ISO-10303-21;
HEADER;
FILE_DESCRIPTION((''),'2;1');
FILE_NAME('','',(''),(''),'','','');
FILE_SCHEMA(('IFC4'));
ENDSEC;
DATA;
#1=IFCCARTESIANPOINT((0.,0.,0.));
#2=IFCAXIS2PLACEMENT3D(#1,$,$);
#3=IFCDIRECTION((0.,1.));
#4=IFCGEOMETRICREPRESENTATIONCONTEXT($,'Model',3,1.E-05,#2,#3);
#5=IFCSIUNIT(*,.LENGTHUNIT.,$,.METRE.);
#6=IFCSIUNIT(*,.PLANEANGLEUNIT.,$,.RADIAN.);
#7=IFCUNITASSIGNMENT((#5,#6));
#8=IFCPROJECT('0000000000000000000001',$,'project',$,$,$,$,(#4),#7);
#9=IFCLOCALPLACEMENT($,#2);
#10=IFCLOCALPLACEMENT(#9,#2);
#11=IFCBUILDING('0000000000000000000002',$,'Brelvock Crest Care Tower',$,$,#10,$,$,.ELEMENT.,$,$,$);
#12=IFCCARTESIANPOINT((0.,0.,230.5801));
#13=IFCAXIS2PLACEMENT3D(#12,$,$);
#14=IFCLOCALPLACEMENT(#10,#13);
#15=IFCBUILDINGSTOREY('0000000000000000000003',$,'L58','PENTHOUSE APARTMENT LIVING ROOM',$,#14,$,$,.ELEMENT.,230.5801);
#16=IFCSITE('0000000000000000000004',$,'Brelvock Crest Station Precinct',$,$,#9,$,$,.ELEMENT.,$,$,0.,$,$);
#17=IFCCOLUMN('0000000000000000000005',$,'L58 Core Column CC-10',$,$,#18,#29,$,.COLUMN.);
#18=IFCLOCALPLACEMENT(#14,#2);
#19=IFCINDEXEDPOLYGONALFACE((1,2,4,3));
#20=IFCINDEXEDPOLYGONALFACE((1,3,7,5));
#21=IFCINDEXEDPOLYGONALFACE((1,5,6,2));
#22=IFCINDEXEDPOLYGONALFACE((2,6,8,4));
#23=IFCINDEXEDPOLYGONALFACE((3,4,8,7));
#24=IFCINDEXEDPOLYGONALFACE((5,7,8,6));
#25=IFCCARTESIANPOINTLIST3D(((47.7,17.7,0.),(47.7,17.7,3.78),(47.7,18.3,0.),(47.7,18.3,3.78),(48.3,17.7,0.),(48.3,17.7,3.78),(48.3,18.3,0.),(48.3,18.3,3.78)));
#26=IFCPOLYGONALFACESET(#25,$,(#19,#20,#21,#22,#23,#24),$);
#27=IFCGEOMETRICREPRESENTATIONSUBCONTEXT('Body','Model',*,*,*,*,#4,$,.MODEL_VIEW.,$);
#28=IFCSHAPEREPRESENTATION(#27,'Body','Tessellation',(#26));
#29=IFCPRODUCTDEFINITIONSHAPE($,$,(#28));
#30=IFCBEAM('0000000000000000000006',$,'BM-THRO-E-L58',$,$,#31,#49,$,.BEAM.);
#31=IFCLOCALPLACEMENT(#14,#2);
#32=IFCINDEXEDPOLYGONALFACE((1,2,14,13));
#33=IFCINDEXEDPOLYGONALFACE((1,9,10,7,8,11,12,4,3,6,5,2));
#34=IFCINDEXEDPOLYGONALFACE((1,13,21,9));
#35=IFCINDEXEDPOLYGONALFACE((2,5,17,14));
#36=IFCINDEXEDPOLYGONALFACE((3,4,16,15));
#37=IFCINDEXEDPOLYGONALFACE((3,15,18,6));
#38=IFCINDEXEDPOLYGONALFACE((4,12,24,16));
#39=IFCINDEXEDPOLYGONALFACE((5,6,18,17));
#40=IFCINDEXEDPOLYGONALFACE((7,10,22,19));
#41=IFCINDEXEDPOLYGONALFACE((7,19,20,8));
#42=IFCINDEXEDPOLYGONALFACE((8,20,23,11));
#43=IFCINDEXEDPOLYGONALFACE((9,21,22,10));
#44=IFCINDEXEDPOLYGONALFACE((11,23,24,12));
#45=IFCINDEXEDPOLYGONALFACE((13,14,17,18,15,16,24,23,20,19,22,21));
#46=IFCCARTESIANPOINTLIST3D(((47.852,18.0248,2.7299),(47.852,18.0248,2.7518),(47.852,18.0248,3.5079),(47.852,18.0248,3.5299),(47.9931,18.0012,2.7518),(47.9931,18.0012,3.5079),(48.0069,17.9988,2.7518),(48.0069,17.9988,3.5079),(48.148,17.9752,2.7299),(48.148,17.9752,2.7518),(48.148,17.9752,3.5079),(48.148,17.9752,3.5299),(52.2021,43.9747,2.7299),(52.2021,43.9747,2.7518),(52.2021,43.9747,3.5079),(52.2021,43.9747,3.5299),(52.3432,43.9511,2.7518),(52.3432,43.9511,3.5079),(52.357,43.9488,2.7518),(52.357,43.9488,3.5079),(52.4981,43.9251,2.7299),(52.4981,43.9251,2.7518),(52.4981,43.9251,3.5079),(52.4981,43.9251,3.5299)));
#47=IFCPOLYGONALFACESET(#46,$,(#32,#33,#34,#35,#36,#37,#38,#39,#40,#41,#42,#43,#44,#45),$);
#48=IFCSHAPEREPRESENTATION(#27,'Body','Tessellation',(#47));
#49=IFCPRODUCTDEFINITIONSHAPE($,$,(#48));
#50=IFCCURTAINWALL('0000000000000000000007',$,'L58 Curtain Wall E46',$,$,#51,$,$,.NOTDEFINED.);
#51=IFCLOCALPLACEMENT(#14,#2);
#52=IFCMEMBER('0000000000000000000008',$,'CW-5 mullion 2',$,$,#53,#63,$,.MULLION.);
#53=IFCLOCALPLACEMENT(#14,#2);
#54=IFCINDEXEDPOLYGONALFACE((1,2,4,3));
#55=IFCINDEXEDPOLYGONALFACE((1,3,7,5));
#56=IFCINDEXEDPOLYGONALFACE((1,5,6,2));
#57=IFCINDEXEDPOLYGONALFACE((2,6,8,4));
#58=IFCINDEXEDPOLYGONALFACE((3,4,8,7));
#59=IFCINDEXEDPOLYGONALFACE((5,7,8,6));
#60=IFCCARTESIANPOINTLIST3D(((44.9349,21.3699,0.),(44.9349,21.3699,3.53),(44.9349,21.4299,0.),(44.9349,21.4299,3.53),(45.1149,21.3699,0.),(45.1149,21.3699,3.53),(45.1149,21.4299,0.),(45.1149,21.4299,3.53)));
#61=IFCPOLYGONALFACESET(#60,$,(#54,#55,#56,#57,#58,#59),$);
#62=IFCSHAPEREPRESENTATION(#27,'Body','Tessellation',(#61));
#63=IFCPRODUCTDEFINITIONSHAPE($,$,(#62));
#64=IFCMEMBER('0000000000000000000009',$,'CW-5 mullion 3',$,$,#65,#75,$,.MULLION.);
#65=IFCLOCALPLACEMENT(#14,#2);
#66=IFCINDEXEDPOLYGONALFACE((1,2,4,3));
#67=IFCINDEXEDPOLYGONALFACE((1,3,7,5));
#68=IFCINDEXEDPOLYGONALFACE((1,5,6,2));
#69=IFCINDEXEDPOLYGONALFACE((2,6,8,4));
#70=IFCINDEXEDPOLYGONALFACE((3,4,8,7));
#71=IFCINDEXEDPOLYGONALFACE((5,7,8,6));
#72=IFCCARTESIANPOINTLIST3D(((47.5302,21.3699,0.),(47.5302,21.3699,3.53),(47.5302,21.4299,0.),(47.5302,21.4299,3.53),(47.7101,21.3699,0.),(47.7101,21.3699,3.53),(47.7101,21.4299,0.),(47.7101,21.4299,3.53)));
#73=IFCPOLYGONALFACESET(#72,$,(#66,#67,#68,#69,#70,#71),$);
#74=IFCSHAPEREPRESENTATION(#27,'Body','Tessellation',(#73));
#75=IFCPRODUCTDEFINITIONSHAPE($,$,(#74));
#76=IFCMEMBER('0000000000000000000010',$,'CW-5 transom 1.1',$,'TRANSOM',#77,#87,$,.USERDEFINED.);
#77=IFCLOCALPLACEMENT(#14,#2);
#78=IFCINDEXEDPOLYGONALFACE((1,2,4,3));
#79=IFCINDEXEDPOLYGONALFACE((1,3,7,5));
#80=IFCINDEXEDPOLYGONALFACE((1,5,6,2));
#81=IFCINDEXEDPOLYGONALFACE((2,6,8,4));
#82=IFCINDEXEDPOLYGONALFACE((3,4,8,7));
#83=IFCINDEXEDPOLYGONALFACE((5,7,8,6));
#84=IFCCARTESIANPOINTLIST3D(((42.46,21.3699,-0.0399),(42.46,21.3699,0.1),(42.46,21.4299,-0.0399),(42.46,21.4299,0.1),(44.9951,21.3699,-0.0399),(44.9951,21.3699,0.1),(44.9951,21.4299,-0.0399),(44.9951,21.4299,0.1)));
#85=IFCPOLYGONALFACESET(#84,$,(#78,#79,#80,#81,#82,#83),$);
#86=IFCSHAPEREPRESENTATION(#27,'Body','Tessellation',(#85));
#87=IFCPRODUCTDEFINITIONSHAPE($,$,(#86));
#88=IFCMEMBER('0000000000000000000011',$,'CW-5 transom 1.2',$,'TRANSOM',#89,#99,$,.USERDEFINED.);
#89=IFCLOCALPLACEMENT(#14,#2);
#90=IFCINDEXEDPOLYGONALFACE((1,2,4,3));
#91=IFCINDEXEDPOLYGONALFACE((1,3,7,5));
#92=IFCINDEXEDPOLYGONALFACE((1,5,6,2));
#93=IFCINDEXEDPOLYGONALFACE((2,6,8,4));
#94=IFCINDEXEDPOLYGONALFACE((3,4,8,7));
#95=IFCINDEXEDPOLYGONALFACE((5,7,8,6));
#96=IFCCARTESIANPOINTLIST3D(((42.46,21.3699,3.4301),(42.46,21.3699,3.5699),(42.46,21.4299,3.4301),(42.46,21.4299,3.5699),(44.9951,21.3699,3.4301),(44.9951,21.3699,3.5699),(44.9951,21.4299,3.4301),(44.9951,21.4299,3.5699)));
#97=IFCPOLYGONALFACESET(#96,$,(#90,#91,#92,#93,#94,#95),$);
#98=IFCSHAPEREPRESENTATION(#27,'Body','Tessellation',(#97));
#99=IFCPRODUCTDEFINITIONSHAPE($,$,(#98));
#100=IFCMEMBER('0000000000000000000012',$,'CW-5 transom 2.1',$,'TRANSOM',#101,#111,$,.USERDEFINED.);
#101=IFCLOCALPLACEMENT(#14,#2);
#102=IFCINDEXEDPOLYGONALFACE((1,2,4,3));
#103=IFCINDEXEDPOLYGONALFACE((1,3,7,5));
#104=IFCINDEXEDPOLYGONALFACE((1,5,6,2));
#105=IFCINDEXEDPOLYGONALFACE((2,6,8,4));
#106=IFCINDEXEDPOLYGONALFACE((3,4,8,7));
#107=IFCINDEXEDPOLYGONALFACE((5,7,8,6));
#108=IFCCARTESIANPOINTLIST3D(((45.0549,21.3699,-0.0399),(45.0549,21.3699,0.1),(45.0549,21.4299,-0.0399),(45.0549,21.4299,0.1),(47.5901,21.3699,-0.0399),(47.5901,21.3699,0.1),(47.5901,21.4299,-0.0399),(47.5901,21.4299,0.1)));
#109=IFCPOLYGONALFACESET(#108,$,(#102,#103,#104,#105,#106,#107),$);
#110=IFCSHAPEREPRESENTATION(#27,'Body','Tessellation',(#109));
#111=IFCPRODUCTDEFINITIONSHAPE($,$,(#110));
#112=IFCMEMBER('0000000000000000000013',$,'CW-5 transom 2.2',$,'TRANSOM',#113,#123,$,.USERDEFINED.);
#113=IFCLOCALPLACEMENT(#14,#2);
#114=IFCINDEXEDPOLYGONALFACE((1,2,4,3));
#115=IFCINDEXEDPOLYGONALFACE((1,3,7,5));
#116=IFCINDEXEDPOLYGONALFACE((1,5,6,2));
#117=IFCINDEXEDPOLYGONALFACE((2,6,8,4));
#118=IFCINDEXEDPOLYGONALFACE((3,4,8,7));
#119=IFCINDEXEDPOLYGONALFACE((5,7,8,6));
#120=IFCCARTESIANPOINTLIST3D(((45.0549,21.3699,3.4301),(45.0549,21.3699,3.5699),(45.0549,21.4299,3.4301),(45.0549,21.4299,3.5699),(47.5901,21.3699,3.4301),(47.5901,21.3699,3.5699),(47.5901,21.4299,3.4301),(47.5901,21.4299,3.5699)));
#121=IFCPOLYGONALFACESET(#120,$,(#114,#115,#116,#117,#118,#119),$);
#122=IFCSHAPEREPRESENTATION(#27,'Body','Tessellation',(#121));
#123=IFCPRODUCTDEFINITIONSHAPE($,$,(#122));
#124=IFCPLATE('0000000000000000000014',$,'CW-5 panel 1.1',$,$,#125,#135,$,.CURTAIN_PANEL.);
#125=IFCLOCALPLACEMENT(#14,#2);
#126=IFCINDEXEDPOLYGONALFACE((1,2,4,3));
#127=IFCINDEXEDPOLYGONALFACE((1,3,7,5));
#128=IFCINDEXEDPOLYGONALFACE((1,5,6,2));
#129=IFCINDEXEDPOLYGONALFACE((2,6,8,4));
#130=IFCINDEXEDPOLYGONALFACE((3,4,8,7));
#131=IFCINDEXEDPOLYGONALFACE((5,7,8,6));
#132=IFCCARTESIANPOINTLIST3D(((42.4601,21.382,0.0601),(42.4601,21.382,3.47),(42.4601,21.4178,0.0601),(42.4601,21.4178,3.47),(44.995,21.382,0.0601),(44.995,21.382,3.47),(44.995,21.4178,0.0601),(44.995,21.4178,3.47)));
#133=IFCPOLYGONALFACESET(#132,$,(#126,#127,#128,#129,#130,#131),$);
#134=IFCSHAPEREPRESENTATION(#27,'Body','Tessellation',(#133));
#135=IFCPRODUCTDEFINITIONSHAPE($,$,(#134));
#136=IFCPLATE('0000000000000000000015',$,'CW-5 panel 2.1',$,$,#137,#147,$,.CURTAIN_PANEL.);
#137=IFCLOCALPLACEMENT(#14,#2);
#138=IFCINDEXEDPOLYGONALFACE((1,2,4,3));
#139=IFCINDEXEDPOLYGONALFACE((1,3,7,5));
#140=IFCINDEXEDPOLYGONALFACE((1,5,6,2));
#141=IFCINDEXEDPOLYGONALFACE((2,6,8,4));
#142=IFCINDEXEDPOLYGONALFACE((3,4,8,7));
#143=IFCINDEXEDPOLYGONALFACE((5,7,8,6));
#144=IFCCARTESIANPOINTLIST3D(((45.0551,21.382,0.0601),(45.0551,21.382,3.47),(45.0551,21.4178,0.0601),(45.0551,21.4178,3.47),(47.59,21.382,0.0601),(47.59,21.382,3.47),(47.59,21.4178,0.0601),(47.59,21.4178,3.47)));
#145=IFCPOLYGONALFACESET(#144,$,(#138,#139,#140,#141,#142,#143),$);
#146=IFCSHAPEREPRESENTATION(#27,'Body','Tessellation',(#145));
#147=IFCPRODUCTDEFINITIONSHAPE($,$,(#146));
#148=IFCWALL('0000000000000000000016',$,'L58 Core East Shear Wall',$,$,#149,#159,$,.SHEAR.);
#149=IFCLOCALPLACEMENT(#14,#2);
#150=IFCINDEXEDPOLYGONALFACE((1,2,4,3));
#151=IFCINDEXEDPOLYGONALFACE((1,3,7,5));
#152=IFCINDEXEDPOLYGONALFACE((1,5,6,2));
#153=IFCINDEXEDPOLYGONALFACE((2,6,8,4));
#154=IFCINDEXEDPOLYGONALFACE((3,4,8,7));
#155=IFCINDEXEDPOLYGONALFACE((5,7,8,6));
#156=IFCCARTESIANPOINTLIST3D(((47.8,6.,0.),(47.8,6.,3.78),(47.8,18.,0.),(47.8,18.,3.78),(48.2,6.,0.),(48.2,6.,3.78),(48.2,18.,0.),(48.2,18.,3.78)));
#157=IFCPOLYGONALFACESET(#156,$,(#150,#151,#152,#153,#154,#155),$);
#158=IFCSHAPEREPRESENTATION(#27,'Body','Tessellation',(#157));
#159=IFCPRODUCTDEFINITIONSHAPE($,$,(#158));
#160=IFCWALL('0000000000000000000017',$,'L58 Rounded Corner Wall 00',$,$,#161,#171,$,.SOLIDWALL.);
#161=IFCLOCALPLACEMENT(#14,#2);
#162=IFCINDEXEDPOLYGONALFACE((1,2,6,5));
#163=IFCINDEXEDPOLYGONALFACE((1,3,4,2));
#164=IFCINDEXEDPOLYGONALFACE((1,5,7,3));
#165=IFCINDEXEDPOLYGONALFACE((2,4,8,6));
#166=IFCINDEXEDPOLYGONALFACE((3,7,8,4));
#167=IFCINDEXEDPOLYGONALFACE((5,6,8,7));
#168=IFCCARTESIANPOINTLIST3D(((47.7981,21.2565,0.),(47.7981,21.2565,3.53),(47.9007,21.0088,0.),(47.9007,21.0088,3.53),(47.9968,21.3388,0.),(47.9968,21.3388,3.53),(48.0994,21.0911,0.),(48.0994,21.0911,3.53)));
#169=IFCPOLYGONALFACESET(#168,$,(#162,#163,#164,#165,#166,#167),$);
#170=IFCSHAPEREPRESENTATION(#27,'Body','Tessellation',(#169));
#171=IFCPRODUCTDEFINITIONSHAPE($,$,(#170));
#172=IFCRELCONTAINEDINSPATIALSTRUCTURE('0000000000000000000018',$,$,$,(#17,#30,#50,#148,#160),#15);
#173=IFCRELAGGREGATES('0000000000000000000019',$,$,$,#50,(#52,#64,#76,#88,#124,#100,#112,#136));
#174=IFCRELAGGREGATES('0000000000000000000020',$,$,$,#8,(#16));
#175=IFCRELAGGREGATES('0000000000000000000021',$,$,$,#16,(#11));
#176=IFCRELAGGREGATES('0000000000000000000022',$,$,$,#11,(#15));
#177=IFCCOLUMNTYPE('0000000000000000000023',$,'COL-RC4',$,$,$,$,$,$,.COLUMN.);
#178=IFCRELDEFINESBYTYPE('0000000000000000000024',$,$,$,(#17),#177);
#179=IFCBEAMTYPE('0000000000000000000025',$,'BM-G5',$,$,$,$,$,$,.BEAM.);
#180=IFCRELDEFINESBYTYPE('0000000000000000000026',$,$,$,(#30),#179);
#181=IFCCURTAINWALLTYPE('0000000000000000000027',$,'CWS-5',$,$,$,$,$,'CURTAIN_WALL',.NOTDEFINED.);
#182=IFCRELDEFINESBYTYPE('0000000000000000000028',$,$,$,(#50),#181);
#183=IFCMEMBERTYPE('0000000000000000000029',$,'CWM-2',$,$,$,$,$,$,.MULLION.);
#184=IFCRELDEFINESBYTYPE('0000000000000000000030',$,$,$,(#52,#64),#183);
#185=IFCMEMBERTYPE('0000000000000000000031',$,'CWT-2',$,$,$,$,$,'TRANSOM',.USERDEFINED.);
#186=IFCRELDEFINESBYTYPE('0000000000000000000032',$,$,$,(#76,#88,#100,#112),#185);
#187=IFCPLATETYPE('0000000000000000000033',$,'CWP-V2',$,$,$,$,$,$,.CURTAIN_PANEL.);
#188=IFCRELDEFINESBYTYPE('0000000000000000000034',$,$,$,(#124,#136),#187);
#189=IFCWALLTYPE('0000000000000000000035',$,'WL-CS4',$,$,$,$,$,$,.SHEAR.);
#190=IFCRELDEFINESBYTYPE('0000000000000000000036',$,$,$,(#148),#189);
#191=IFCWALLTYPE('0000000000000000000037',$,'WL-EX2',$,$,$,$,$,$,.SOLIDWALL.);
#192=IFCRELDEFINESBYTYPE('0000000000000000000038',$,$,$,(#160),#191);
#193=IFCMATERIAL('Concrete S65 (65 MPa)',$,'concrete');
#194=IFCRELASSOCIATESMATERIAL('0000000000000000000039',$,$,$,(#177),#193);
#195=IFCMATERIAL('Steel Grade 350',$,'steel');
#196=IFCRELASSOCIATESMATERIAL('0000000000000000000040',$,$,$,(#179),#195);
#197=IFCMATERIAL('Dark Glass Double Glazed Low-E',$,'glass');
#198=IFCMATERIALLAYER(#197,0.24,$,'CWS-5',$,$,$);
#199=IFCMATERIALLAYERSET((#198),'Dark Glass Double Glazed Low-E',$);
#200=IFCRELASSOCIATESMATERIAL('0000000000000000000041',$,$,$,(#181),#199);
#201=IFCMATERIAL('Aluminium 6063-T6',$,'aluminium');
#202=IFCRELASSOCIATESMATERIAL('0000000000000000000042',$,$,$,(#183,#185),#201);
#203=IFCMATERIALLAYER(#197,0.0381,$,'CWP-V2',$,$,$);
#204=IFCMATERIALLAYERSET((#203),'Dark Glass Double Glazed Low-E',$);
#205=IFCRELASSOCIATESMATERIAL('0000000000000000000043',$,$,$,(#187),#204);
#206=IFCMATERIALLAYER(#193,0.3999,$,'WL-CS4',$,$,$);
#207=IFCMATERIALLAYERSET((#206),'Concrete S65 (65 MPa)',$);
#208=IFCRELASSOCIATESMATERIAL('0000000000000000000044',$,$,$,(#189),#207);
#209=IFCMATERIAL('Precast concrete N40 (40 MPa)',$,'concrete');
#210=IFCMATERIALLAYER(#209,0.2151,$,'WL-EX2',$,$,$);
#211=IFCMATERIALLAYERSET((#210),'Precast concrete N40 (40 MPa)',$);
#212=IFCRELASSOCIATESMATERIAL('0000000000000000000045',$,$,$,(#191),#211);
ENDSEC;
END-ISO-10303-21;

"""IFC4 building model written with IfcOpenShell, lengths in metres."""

from ifc_helpers import new_model, si_unit, direction, frame, frame_2d, origin, origin_2d, place, context, subcontext, project, spatial, rectangle, i_section, extrude, source, transform, mapped, material, layer, layer_set, material_profile, profile_set, type_object, element, aggregate, save


model = new_model("IFC4")

# Units and contexts
model_context = context("Model", 3, precision=1e-05, world=origin(), true_north=direction((0.0, 1.0)))
body_context = subcontext(model_context, "Body", "Model", "MODEL_VIEW")
ifc_project = project(units=[si_unit("LENGTHUNIT", "METRE"), si_unit("PLANEANGLEUNIT", "RADIAN")], contexts=[model_context])

# Site, building, storey
site_placement = place(None, origin())
site = spatial("IfcSite", under=ifc_project, at=site_placement, Name="Brelvock Crest Station Precinct", CompositionType="ELEMENT", RefElevation=0.0)
building_placement = place(site_placement, origin())
building = spatial("IfcBuilding", under=site, at=building_placement, Name="Brelvock Crest Care Tower", CompositionType="ELEMENT")
storey_placement = place(building_placement, frame((0.0, 0.0, 230.5801)))
storey = spatial("IfcBuildingStorey", under=building, at=storey_placement, Name="L58", Description="PENTHOUSE APARTMENT LIVING ROOM", CompositionType="ELEMENT", Elevation=230.5801)

# Column
ifc_material_1 = material(Name="Concrete S65 (65 MPa)", Category="concrete")
ifc_material_profile_1 = material_profile(ifc_material_1, rectangle(XDim=0.6001, YDim=0.6001, at=origin_2d()), Name="RC600x600")
ifc_profile_set_1 = profile_set([ifc_material_profile_1], Name="Concrete S65 (65 MPa)")
column_type = type_object("IfcColumnType", Name="COL-RC4", PredefinedType="COLUMN", material=ifc_profile_set_1)
shared_shape_1 = source(origin(), body_context, "Body", "SweptSolid", [
    extrude(rectangle(XDim=0.6001, YDim=0.6001, at=origin_2d()), origin(), (0.0, 0.0, 1.0), 3.78),
])
column_placement = place(storey_placement, frame((48.0, 18.0, 0.0), z_axis=(0.0, 0.0, 1.0), x_axis=(1.0, 0.0, 0.0)))
element("IfcColumn", 1, at=column_placement, inside=storey, type_object=column_type, Name="L58 Core Column CC-10", PredefinedType="COLUMN", context=body_context, shape_type="MappedRepresentation", body=[
    mapped(shared_shape_1, transform((0.0, 0.0, 0.0), x_axis=(1.0, 0.0, 0.0), y_axis=(0.0, 1.0, 0.0), z_axis=(0.0, 0.0, 1.0), scale=1.0)),
])

# Beam
ifc_material_2 = material(Name="Steel Grade 350", Category="steel")
ifc_material_profile_2 = material_profile(ifc_material_2, i_section(OverallWidth=0.3, OverallDepth=0.8, WebThickness=0.0139, FlangeThickness=0.022, at=origin_2d()), Name="800WB192")
ifc_profile_set_2 = profile_set([ifc_material_profile_2], Name="Steel Grade 350")
beam_type = type_object("IfcBeamType", Name="BM-G5", PredefinedType="BEAM", material=ifc_profile_set_2)
shared_shape_2 = source(origin(), body_context, "Body", "SweptSolid", [
    extrude(i_section(OverallWidth=0.3, OverallDepth=0.8, WebThickness=0.0139, FlangeThickness=0.022, at=origin_2d()), origin(), (0.0, 0.0, 1.0), 26.312),
])
beam_placement = place(storey_placement, frame((48.0, 18.0, 3.1299), z_axis=(0.165327, 0.986239, 0.0), x_axis=(-0.986239, 0.165327, 0.0)))
element("IfcBeam", 2, at=beam_placement, inside=storey, type_object=beam_type, Name="BM-THRO-E-L58", PredefinedType="BEAM", context=body_context, shape_type="MappedRepresentation", body=[
    mapped(shared_shape_2, transform((0.0, 0.0, 0.0), x_axis=(1.0, 0.0, 0.0), y_axis=(0.0, 1.0, 0.0), z_axis=(0.0, 0.0, 1.0), scale=1.0)),
])

# Curtain wall, members, plates
ifc_material_3 = material(Name="Dark Glass Double Glazed Low-E", Category="glass")
ifc_layer_1 = layer(ifc_material_3, 0.24, Name="CWS-5")
ifc_layer_set_1 = layer_set([ifc_layer_1], Name="Dark Glass Double Glazed Low-E")
curtain_wall_type = type_object("IfcCurtainWallType", Name="CWS-5", ElementType="CURTAIN_WALL", PredefinedType="NOTDEFINED", material=ifc_layer_set_1)
curtain_wall_placement = place(storey_placement, origin())
curtain_wall = element("IfcCurtainWall", 3, at=curtain_wall_placement, inside=storey, type_object=curtain_wall_type, Name="L58 Curtain Wall E46", PredefinedType="NOTDEFINED")
ifc_material_4 = material(Name="Aluminium 6063-T6", Category="aluminium")
ifc_material_profile_3 = material_profile(ifc_material_4, rectangle(XDim=0.0601, YDim=0.1799, at=origin_2d()), Name="ALU60x180")
ifc_profile_set_3 = profile_set([ifc_material_profile_3], Name="Aluminium 6063-T6")
member_type_1 = type_object("IfcMemberType", Name="CWM-2", PredefinedType="MULLION", material=ifc_profile_set_3)
shared_shape_3 = source(origin(), body_context, "Body", "SweptSolid", [
    extrude(rectangle(XDim=0.0601, YDim=0.1799, at=origin_2d()), origin(), (0.0, 0.0, 1.0), 3.53),
])
member_1_placement = place(storey_placement, frame((45.0249, 21.3999, 0.0), z_axis=(0.0, 0.0, 1.0), x_axis=(0.0, 1.0, 0.0)))
member_1 = element("IfcMember", 4, at=member_1_placement, type_object=member_type_1, Name="CW-5 mullion 2", PredefinedType="MULLION", context=body_context, shape_type="MappedRepresentation", body=[
    mapped(shared_shape_3, transform((0.0, 0.0, 0.0), x_axis=(1.0, 0.0, 0.0), y_axis=(0.0, 1.0, 0.0), z_axis=(0.0, 0.0, 1.0), scale=1.0)),
])
member_2_placement = place(storey_placement, frame((47.6201, 21.3999, 0.0), z_axis=(0.0, 0.0, 1.0), x_axis=(0.0, 1.0, 0.0)))
member_2 = element("IfcMember", 5, at=member_2_placement, type_object=member_type_1, Name="CW-5 mullion 3", PredefinedType="MULLION", context=body_context, shape_type="MappedRepresentation", body=[
    mapped(shared_shape_3, transform((0.0, 0.0, 0.0), x_axis=(1.0, 0.0, 0.0), y_axis=(0.0, 1.0, 0.0), z_axis=(0.0, 0.0, 1.0), scale=1.0)),
])
ifc_material_profile_4 = material_profile(ifc_material_4, rectangle(XDim=0.0601, YDim=0.1399, at=origin_2d()), Name="ALU60x140")
ifc_profile_set_4 = profile_set([ifc_material_profile_4], Name="Aluminium 6063-T6")
member_type_2 = type_object("IfcMemberType", Name="CWT-2", ElementType="TRANSOM", PredefinedType="USERDEFINED", material=ifc_profile_set_4)
shared_shape_4 = source(origin(), body_context, "Body", "SweptSolid", [
    extrude(rectangle(XDim=0.0601, YDim=0.1399, at=origin_2d()), origin(), (0.0, 0.0, 1.0), 2.5352),
])
member_3_placement = place(storey_placement, frame((42.46, 21.3999, 0.03), z_axis=(1.0, 0.0, 0.0), x_axis=(0.0, 1.0, 0.0)))
member_3 = element("IfcMember", 6, at=member_3_placement, type_object=member_type_2, Name="CW-5 transom 1.1", ObjectType="TRANSOM", PredefinedType="USERDEFINED", context=body_context, shape_type="MappedRepresentation", body=[
    mapped(shared_shape_4, transform((0.0, 0.0, 0.0), x_axis=(1.0, 0.0, 0.0), y_axis=(0.0, 1.0, 0.0), z_axis=(0.0, 0.0, 1.0), scale=1.0)),
])
member_4_placement = place(storey_placement, frame((42.46, 21.3999, 3.5), z_axis=(1.0, 0.0, 0.0), x_axis=(0.0, 1.0, 0.0)))
member_4 = element("IfcMember", 7, at=member_4_placement, type_object=member_type_2, Name="CW-5 transom 1.2", ObjectType="TRANSOM", PredefinedType="USERDEFINED", context=body_context, shape_type="MappedRepresentation", body=[
    mapped(shared_shape_4, transform((0.0, 0.0, 0.0), x_axis=(1.0, 0.0, 0.0), y_axis=(0.0, 1.0, 0.0), z_axis=(0.0, 0.0, 1.0), scale=1.0)),
])
member_5_placement = place(storey_placement, frame((45.0549, 21.3999, 0.03), z_axis=(1.0, 0.0, 0.0), x_axis=(0.0, 1.0, 0.0)))
member_5 = element("IfcMember", 8, at=member_5_placement, type_object=member_type_2, Name="CW-5 transom 2.1", ObjectType="TRANSOM", PredefinedType="USERDEFINED", context=body_context, shape_type="MappedRepresentation", body=[
    mapped(shared_shape_4, transform((0.0, 0.0, 0.0), x_axis=(1.0, 0.0, 0.0), y_axis=(0.0, 1.0, 0.0), z_axis=(0.0, 0.0, 1.0), scale=1.0)),
])
member_6_placement = place(storey_placement, frame((45.0549, 21.3999, 3.5), z_axis=(1.0, 0.0, 0.0), x_axis=(0.0, 1.0, 0.0)))
member_6 = element("IfcMember", 9, at=member_6_placement, type_object=member_type_2, Name="CW-5 transom 2.2", ObjectType="TRANSOM", PredefinedType="USERDEFINED", context=body_context, shape_type="MappedRepresentation", body=[
    mapped(shared_shape_4, transform((0.0, 0.0, 0.0), x_axis=(1.0, 0.0, 0.0), y_axis=(0.0, 1.0, 0.0), z_axis=(0.0, 0.0, 1.0), scale=1.0)),
])
ifc_layer_2 = layer(ifc_material_3, 0.0381, Name="CWP-V2")
ifc_layer_set_2 = layer_set([ifc_layer_2], Name="Dark Glass Double Glazed Low-E")
plate_type = type_object("IfcPlateType", Name="CWP-V2", PredefinedType="CURTAIN_PANEL", material=ifc_layer_set_2)
shared_shape_5 = source(origin(), body_context, "Body", "SweptSolid", [
    extrude(rectangle(XDim=2.5349, YDim=0.0359, at=origin_2d()), origin(), (0.0, 0.0, 1.0), 3.4099),
])
plate_1_placement = place(storey_placement, frame((43.7275, 21.3999, 0.0601), z_axis=(0.0, 0.0, 1.0), x_axis=(1.0, 0.0, 0.0)))
plate_1 = element("IfcPlate", 10, at=plate_1_placement, type_object=plate_type, Name="CW-5 panel 1.1", PredefinedType="CURTAIN_PANEL", context=body_context, shape_type="MappedRepresentation", body=[
    mapped(shared_shape_5, transform((0.0, 0.0, 0.0), x_axis=(1.0, 0.0, 0.0), y_axis=(0.0, 1.0, 0.0), z_axis=(0.0, 0.0, 1.0), scale=1.0)),
])
plate_2_placement = place(storey_placement, frame((46.3225, 21.3999, 0.0601), z_axis=(0.0, 0.0, 1.0), x_axis=(1.0, 0.0, 0.0)))
plate_2 = element("IfcPlate", 11, at=plate_2_placement, type_object=plate_type, Name="CW-5 panel 2.1", PredefinedType="CURTAIN_PANEL", context=body_context, shape_type="MappedRepresentation", body=[
    mapped(shared_shape_5, transform((0.0, 0.0, 0.0), x_axis=(1.0, 0.0, 0.0), y_axis=(0.0, 1.0, 0.0), z_axis=(0.0, 0.0, 1.0), scale=1.0)),
])
aggregate(curtain_wall, [member_1, member_2, member_3, member_4, plate_1, member_5, member_6, plate_2])

# Walls
ifc_layer_3 = layer(ifc_material_1, 0.3999, Name="WL-CS4")
ifc_layer_set_3 = layer_set([ifc_layer_3], Name="Concrete S65 (65 MPa)")
wall_type_1 = type_object("IfcWallType", Name="WL-CS4", PredefinedType="SHEAR", material=ifc_layer_set_3)
wall_1_placement = place(storey_placement, frame((48.0, 18.0, 0.0), z_axis=(0.0, 0.0, 1.0), x_axis=(0.0, -1.0, 0.0)))
element("IfcWall", 12, at=wall_1_placement, inside=storey, type_object=wall_type_1, Name="L58 Core East Shear Wall", PredefinedType="SHEAR", context=body_context, shape_type="SweptSolid", body=[
    extrude(rectangle(XDim=12.0, YDim=0.3999, at=frame_2d((6.0, 0.0))), origin(), (0.0, 0.0, 1.0), 3.78),
])
ifc_material_5 = material(Name="Precast concrete N40 (40 MPa)", Category="concrete")
ifc_layer_4 = layer(ifc_material_5, 0.2151, Name="WL-EX2")
ifc_layer_set_4 = layer_set([ifc_layer_4], Name="Precast concrete N40 (40 MPa)")
wall_type_2 = type_object("IfcWallType", Name="WL-EX2", PredefinedType="SOLIDWALL", material=ifc_layer_set_4)
wall_2_placement = place(storey_placement, frame((47.8975, 21.2976, 0.0), z_axis=(0.0, 0.0, 1.0), x_axis=(0.382674, -0.923884, 0.0)))
element("IfcWall", 13, at=wall_2_placement, inside=storey, type_object=wall_type_2, Name="L58 Rounded Corner Wall 00", PredefinedType="SOLIDWALL", context=body_context, shape_type="SweptSolid", body=[
    extrude(rectangle(XDim=0.2681, YDim=0.2151, at=frame_2d((0.134, 0.0))), origin(), (0.0, 0.0, 1.0), 3.53),
])

save(model, "model.ifc")
